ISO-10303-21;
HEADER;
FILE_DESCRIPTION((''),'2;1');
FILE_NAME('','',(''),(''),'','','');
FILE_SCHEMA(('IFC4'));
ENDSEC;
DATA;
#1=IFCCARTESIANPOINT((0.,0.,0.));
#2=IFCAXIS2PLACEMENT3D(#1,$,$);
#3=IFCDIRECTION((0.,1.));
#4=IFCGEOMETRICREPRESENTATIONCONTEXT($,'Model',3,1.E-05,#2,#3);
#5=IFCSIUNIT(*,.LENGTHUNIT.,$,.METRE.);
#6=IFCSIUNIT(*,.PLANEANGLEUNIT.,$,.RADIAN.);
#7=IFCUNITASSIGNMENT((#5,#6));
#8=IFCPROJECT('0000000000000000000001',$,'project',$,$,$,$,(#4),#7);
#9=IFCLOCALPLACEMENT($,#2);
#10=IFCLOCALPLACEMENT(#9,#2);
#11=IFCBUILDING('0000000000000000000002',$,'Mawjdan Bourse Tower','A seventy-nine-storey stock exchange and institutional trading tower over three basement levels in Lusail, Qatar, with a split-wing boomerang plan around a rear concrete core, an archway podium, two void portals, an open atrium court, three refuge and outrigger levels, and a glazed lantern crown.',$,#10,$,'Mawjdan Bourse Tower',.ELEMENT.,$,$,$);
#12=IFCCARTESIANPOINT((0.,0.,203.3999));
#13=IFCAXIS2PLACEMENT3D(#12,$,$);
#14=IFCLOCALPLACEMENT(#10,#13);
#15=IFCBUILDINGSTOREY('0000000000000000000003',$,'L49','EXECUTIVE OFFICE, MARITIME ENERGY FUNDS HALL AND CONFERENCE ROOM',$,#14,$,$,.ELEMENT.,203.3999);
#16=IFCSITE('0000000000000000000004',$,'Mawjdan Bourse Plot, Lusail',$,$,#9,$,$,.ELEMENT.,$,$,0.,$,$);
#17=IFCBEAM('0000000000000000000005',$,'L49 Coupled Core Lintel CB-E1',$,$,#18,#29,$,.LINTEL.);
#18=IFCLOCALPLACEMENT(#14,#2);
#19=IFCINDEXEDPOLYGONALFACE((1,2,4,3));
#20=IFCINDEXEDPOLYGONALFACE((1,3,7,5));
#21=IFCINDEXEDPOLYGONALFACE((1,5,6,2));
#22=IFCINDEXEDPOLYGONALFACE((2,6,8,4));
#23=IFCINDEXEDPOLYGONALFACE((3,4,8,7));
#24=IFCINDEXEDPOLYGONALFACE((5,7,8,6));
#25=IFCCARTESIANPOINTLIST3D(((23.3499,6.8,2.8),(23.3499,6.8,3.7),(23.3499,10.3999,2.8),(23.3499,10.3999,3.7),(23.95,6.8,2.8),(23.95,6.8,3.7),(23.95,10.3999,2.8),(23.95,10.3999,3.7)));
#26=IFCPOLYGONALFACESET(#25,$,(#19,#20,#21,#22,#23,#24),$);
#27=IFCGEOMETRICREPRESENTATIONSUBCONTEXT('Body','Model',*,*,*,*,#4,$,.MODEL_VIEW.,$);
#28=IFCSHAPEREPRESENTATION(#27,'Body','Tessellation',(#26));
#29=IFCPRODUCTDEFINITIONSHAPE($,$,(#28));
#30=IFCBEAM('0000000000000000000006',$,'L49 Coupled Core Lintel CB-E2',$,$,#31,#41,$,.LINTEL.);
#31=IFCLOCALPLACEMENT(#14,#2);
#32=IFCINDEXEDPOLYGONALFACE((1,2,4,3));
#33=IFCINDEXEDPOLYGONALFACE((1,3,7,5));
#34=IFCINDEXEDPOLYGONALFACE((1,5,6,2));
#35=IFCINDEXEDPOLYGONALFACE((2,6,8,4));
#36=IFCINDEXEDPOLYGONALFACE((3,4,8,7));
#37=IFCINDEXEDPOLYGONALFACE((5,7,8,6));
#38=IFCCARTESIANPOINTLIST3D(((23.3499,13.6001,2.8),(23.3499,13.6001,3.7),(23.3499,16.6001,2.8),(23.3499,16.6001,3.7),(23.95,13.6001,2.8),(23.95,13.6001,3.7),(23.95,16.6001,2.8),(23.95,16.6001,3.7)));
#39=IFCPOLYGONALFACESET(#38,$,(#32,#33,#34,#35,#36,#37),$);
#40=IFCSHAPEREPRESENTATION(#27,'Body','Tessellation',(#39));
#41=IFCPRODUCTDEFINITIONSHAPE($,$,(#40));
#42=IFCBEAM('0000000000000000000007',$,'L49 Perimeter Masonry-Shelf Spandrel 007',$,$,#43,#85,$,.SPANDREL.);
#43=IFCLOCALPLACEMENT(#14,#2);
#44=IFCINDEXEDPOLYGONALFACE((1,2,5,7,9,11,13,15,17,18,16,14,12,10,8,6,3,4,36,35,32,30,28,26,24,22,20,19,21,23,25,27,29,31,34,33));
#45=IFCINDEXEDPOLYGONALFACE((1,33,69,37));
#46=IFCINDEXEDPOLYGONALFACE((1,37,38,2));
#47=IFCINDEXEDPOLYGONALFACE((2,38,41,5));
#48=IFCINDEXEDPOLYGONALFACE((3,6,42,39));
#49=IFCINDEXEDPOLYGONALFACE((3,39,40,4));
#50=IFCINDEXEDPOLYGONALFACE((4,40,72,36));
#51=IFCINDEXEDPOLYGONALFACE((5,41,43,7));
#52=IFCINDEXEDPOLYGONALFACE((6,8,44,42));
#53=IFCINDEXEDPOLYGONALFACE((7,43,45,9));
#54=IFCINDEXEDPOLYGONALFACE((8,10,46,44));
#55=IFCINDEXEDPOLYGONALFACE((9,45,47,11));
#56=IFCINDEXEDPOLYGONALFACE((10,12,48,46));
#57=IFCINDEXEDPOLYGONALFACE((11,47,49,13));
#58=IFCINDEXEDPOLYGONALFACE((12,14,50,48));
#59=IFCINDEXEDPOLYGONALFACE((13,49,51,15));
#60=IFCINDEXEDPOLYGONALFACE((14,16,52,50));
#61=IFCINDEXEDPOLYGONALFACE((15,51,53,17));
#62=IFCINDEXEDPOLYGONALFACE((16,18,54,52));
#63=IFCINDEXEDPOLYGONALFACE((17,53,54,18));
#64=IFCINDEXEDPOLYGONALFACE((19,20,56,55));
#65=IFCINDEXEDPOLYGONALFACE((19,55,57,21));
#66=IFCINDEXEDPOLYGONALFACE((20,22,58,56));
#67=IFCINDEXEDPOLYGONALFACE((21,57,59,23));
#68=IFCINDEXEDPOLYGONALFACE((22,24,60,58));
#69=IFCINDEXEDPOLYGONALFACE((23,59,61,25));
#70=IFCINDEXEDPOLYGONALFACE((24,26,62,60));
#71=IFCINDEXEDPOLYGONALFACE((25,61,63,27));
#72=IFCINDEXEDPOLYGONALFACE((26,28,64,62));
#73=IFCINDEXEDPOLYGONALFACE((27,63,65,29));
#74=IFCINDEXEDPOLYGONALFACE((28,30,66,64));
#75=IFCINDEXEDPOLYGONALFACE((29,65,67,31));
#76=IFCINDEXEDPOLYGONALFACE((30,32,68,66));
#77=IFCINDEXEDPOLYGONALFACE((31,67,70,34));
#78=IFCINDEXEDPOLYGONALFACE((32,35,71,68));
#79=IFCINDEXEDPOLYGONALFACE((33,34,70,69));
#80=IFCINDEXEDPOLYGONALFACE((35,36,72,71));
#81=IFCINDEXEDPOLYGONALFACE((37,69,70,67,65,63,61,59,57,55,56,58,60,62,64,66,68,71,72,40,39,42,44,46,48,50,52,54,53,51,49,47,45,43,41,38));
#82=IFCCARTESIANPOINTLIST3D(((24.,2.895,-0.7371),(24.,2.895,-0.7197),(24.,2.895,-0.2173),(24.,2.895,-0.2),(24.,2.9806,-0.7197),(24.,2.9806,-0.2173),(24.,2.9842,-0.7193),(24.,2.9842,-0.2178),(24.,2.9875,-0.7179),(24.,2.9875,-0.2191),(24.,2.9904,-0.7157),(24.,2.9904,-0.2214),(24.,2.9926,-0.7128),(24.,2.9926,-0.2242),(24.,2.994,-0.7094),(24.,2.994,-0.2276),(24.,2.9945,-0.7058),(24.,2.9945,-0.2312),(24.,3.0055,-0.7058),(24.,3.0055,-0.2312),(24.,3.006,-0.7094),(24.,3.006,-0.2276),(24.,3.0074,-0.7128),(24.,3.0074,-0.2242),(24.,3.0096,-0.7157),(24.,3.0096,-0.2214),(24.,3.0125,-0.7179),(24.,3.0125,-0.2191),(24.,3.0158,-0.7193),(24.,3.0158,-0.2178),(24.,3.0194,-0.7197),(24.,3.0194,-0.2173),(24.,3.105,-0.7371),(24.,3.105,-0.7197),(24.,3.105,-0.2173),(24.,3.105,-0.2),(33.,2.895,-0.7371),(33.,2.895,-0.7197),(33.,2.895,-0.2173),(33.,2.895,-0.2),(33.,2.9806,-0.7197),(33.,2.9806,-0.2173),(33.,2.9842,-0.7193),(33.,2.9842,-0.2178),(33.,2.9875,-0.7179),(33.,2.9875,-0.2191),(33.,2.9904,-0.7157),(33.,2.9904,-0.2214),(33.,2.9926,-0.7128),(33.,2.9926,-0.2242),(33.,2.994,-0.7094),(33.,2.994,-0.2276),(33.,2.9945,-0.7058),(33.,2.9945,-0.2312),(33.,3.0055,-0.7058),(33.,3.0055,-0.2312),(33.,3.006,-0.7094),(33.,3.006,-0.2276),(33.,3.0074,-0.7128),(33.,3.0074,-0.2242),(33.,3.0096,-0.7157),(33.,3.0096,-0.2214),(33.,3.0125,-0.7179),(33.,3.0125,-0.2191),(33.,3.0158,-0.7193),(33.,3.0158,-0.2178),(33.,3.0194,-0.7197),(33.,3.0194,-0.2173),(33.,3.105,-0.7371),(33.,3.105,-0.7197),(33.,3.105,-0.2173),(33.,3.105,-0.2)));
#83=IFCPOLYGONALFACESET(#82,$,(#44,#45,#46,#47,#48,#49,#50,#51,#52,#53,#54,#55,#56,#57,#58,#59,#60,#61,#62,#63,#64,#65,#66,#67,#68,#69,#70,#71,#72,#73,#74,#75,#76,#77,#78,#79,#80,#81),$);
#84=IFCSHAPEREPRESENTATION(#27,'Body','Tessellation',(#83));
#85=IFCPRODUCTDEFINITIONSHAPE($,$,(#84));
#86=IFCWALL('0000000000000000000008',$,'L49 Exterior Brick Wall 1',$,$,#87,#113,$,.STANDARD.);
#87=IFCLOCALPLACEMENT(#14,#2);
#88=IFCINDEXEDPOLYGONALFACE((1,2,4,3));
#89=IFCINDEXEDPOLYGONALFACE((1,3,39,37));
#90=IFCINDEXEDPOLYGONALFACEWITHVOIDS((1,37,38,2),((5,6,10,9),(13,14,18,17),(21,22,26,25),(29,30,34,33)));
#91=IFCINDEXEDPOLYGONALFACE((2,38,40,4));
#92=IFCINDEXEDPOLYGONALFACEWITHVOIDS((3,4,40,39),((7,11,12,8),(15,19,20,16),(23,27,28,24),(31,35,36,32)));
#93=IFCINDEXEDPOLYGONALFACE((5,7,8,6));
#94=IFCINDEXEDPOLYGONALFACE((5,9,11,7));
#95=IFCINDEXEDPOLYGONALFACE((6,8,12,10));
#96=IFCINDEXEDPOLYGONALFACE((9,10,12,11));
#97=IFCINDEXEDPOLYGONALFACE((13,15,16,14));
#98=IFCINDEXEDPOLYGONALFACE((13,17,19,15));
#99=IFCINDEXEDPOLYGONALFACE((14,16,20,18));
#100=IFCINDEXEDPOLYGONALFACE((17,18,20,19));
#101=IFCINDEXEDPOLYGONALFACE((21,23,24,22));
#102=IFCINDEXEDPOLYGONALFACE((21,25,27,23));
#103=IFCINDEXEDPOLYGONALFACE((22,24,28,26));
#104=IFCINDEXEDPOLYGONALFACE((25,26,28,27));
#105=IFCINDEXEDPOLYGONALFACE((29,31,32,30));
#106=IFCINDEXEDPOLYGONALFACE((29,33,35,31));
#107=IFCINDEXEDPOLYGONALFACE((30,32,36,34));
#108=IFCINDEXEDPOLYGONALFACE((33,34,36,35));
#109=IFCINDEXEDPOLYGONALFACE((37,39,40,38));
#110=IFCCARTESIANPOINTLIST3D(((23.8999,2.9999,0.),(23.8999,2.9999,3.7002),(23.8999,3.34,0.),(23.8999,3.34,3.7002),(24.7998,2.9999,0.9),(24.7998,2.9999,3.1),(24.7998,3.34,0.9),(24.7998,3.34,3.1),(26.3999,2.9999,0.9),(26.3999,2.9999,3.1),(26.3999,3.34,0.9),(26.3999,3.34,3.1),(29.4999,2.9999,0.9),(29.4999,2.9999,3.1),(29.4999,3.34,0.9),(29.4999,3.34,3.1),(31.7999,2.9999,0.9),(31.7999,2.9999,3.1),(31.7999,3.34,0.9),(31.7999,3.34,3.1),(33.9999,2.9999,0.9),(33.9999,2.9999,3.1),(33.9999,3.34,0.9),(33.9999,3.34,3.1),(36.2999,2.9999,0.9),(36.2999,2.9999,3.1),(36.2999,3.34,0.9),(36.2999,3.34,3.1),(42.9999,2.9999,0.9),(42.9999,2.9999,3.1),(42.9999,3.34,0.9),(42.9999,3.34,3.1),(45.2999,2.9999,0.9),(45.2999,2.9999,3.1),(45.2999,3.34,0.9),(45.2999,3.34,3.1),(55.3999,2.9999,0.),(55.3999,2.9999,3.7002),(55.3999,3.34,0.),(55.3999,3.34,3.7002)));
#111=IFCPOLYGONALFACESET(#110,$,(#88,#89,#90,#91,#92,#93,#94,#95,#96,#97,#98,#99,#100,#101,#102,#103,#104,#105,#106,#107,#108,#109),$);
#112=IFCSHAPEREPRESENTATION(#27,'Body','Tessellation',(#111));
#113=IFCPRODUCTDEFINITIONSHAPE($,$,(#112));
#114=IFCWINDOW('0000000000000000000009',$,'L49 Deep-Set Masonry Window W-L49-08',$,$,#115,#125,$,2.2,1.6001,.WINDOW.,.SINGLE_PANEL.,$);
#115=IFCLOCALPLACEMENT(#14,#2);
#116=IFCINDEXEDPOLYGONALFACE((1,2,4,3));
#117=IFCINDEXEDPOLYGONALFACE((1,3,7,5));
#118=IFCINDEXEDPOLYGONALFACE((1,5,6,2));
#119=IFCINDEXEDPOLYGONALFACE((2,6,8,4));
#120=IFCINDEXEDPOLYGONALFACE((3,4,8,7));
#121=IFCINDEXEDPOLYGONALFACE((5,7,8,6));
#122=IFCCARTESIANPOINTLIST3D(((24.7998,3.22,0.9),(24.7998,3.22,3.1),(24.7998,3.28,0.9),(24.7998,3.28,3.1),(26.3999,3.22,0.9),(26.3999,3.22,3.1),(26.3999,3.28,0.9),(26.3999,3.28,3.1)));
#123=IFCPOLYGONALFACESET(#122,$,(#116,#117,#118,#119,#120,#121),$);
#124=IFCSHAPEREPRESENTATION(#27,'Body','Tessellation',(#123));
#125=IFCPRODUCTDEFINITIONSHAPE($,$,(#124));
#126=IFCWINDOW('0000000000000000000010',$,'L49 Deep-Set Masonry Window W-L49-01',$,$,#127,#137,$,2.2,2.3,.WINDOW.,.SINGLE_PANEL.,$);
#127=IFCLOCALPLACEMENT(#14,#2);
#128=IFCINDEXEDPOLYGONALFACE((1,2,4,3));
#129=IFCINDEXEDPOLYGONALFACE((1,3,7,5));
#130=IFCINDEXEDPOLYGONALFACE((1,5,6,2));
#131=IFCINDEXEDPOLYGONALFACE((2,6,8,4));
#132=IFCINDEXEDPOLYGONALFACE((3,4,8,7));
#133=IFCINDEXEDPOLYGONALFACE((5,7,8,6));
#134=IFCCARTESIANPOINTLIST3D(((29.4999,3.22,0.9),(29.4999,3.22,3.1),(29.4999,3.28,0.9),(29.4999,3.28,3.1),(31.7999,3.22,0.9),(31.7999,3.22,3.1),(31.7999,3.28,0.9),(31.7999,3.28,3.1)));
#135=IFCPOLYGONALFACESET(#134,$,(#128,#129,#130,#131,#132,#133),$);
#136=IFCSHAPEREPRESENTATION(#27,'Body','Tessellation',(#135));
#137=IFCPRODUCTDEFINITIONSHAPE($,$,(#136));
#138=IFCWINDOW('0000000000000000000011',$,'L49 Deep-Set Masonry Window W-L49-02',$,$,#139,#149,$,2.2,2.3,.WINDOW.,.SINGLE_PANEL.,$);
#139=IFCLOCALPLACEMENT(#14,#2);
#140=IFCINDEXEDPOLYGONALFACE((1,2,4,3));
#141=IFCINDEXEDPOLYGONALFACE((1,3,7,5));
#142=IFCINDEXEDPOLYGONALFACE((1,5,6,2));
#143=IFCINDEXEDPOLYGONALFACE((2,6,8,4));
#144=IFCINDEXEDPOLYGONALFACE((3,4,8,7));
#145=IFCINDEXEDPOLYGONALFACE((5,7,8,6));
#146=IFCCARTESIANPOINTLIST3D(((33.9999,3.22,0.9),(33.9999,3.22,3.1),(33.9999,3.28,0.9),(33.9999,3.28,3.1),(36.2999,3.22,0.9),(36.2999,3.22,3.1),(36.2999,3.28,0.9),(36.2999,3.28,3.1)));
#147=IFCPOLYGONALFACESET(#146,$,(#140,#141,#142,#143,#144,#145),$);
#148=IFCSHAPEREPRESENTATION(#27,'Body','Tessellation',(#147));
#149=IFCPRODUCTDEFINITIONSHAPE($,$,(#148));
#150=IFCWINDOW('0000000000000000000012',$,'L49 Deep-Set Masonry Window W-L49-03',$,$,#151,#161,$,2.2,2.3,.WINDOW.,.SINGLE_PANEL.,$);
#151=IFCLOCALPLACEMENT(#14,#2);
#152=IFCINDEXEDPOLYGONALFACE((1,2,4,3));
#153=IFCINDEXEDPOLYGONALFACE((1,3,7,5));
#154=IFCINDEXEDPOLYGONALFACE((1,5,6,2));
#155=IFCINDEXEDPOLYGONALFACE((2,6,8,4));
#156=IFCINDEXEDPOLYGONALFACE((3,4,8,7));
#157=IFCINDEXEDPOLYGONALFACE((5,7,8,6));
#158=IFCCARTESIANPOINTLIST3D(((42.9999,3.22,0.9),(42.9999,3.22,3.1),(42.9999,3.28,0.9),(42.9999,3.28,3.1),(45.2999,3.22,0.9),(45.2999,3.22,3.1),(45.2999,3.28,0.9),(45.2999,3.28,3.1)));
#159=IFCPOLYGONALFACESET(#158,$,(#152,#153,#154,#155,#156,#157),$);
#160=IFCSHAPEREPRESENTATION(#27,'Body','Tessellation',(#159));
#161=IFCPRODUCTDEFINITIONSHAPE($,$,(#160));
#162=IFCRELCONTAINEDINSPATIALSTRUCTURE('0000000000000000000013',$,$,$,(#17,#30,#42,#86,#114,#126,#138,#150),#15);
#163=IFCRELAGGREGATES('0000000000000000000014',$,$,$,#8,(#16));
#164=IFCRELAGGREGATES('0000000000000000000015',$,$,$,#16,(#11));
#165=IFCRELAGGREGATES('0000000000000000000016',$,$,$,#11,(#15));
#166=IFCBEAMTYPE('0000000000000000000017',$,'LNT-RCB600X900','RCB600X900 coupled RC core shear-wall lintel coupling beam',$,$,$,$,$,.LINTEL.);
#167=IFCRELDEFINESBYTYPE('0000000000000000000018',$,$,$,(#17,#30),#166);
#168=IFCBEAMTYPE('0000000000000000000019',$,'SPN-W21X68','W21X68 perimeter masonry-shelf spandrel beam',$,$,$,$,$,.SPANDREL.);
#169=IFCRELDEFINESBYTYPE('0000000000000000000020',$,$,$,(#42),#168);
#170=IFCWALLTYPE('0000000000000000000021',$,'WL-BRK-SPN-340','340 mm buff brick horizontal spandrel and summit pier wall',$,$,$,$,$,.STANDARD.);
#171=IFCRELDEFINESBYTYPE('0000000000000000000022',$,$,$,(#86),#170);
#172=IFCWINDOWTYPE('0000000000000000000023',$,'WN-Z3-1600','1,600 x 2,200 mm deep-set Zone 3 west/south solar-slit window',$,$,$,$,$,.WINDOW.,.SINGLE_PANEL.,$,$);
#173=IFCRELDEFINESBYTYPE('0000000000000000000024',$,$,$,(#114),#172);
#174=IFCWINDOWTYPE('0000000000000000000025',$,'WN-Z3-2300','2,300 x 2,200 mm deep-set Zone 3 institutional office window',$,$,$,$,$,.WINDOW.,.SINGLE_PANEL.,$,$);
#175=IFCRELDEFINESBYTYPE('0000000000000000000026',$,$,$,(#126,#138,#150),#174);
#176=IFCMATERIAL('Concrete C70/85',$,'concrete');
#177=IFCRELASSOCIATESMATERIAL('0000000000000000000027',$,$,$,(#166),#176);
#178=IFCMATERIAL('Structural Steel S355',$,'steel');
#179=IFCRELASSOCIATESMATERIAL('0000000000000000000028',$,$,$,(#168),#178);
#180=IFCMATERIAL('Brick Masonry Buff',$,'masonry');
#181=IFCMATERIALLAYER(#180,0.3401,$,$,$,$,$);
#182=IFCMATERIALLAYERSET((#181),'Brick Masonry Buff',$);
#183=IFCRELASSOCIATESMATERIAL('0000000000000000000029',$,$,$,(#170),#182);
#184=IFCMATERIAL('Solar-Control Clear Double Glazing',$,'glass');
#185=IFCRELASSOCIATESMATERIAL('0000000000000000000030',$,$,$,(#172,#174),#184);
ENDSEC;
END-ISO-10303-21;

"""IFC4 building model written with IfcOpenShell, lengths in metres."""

from ifc_helpers import new_model, si_unit, direction, frame, frame_2d, origin, origin_2d, place, context, subcontext, project, spatial, rectangle, i_section, extrude, material, layer, layer_set, material_profile, profile_set, type_object, element, fill, save


model = new_model("IFC4")

# Units and contexts
model_context = context("Model", 3, precision=1e-05, world=origin(), true_north=direction((0.0, 1.0)))
body_context = subcontext(model_context, "Body", "Model", "MODEL_VIEW")
ifc_project = project(units=[si_unit("LENGTHUNIT", "METRE"), si_unit("PLANEANGLEUNIT", "RADIAN")], contexts=[model_context])

# Site, building, storey
site_placement = place(None, origin())
site = spatial("IfcSite", under=ifc_project, at=site_placement, Name="Mawjdan Bourse Plot, Lusail", CompositionType="ELEMENT", RefElevation=0.0)
building_placement = place(site_placement, origin())
building = spatial("IfcBuilding", under=site, at=building_placement, Name="Mawjdan Bourse Tower", Description="A seventy-nine-storey stock exchange and institutional trading tower over three basement levels in Lusail, Qatar, with a split-wing boomerang plan around a rear concrete core, an archway podium, two void portals, an open atrium court, three refuge and outrigger levels, and a glazed lantern crown.", LongName="Mawjdan Bourse Tower", CompositionType="ELEMENT")
storey_placement = place(building_placement, frame((0.0, 0.0, 203.3999)))
storey = spatial("IfcBuildingStorey", under=building, at=storey_placement, Name="L49", Description="EXECUTIVE OFFICE, MARITIME ENERGY FUNDS HALL AND CONFERENCE ROOM", CompositionType="ELEMENT", Elevation=203.3999)

# Shared definitions
ifc_material_1 = material(Name="Concrete C70/85", Category="concrete")

# Beams
ifc_material_2 = material(Name="Structural Steel S355", Category="steel")
ifc_material_profile_1 = material_profile(ifc_material_1, rectangle(XDim=0.6001, YDim=0.8999, at=origin_2d()), Name="RCB600X900")
ifc_profile_set_1 = profile_set([ifc_material_profile_1], Name="Concrete C70/85")
beam_type_1 = type_object("IfcBeamType", Name="LNT-RCB600X900", Description="RCB600X900 coupled RC core shear-wall lintel coupling beam", PredefinedType="LINTEL", material=ifc_profile_set_1)
beam_1_placement = place(storey_placement, frame((23.6499, 6.8, 3.25), z_axis=(0.0, 1.0, 0.0), x_axis=(-1.0, 0.0, 0.0)))
element("IfcBeam", 1, at=beam_1_placement, inside=storey, type_object=beam_type_1, Name="L49 Coupled Core Lintel CB-E1", PredefinedType="LINTEL", context=body_context, shape_type="SweptSolid", body=[
    extrude(rectangle(XDim=0.6001, YDim=0.8999, at=origin_2d()), origin(), (0.0, 0.0, 1.0), 3.5999),
])
beam_2_placement = place(storey_placement, frame((23.6499, 13.6001, 3.25), z_axis=(0.0, 1.0, 0.0), x_axis=(-1.0, 0.0, 0.0)))
element("IfcBeam", 2, at=beam_2_placement, inside=storey, type_object=beam_type_1, Name="L49 Coupled Core Lintel CB-E2", PredefinedType="LINTEL", context=body_context, shape_type="SweptSolid", body=[
    extrude(rectangle(XDim=0.6001, YDim=0.8999, at=origin_2d()), origin(), (0.0, 0.0, 1.0), 3.0),
])
ifc_material_profile_2 = material_profile(ifc_material_2, i_section(OverallWidth=0.21, OverallDepth=0.5371, WebThickness=0.011, FlangeThickness=0.0173, FilletRadius=0.0139, at=origin_2d()), Name="W21X68")
ifc_profile_set_2 = profile_set([ifc_material_profile_2], Name="Structural Steel S355")
beam_type_2 = type_object("IfcBeamType", Name="SPN-W21X68", Description="W21X68 perimeter masonry-shelf spandrel beam", PredefinedType="SPANDREL", material=ifc_profile_set_2)
beam_3_placement = place(storey_placement, frame((24.0, 3.0, -0.4685), z_axis=(1.0, 0.0, 0.0), x_axis=(0.0, 1.0, 0.0)))
element("IfcBeam", 3, at=beam_3_placement, inside=storey, type_object=beam_type_2, Name="L49 Perimeter Masonry-Shelf Spandrel 007", PredefinedType="SPANDREL", context=body_context, shape_type="SweptSolid", body=[
    extrude(i_section(OverallWidth=0.21, OverallDepth=0.5371, WebThickness=0.011, FlangeThickness=0.0173, FilletRadius=0.0139, at=origin_2d()), origin(), (0.0, 0.0, 1.0), 9.0),
])

# Wall, openings, windows
ifc_material_3 = material(Name="Brick Masonry Buff", Category="masonry")
ifc_layer_1 = layer(ifc_material_3, 0.3401)
ifc_layer_set_1 = layer_set([ifc_layer_1], Name="Brick Masonry Buff")
wall_type_1 = type_object("IfcWallType", Name="WL-BRK-SPN-340", Description="340 mm buff brick horizontal spandrel and summit pier wall", PredefinedType="STANDARD", material=ifc_layer_set_1)
wall_1_placement = place(storey_placement, frame((23.8999, 3.1699, 0.0), z_axis=(0.0, 0.0, 1.0), x_axis=(1.0, 0.0, 0.0)))
wall_1 = element("IfcWall", 4, at=wall_1_placement, inside=storey, type_object=wall_type_1, Name="L49 Exterior Brick Wall 1", PredefinedType="STANDARD", context=body_context, shape_type="SweptSolid", body=[
    extrude(rectangle(XDim=31.5, YDim=0.3401, at=frame_2d((15.75, 0.0))), origin(), (0.0, 0.0, 1.0), 3.7002),
])
opening_1_placement = place(wall_1_placement, frame((5.6001, 0.0, 0.8999)))
opening_1 = element("IfcOpeningElement", 5, at=opening_1_placement, cuts=wall_1, PredefinedType="OPENING", context=body_context, shape_type="SweptSolid", body=[
    extrude(rectangle(XDim=2.3, YDim=2.2, at=frame_2d((1.1499, 1.1001))), frame((0.0, 0.1802, 0.0), z_axis=(0.0, -1.0, 0.0), x_axis=(1.0, 0.0, 0.0)), (0.0, 0.0, 1.0), 0.3601),
])
opening_2_placement = place(wall_1_placement, frame((10.1001, 0.0, 0.8999)))
opening_2 = element("IfcOpeningElement", 6, at=opening_2_placement, cuts=wall_1, PredefinedType="OPENING", context=body_context, shape_type="SweptSolid", body=[
    extrude(rectangle(XDim=2.3, YDim=2.2, at=frame_2d((1.1499, 1.1001))), frame((0.0, 0.1802, 0.0), z_axis=(0.0, -1.0, 0.0), x_axis=(1.0, 0.0, 0.0)), (0.0, 0.0, 1.0), 0.3601),
])
opening_3_placement = place(wall_1_placement, frame((19.1001, 0.0, 0.8999)))
opening_3 = element("IfcOpeningElement", 7, at=opening_3_placement, cuts=wall_1, PredefinedType="OPENING", context=body_context, shape_type="SweptSolid", body=[
    extrude(rectangle(XDim=2.3, YDim=2.2, at=frame_2d((1.1499, 1.1001))), frame((0.0, 0.1802, 0.0), z_axis=(0.0, -1.0, 0.0), x_axis=(1.0, 0.0, 0.0)), (0.0, 0.0, 1.0), 0.3601),
])
opening_4_placement = place(wall_1_placement, frame((0.8999, 0.0, 0.8999)))
opening_4 = element("IfcOpeningElement", 8, at=opening_4_placement, cuts=wall_1, PredefinedType="OPENING", context=body_context, shape_type="SweptSolid", body=[
    extrude(rectangle(XDim=1.6001, YDim=2.2, at=frame_2d((0.8, 1.1001))), frame((0.0, 0.1802, 0.0), z_axis=(0.0, -1.0, 0.0), x_axis=(1.0, 0.0, 0.0)), (0.0, 0.0, 1.0), 0.3601),
])
ifc_material_4 = material(Name="Solar-Control Clear Double Glazing", Category="glass")
window_type_1 = type_object("IfcWindowType", Name="WN-Z3-1600", Description="1,600 x 2,200 mm deep-set Zone 3 west/south solar-slit window", PartitioningType="SINGLE_PANEL", PredefinedType="WINDOW", material=ifc_material_4)
window_1_placement = place(opening_4_placement, origin())
window_1 = element("IfcWindow", 9, at=window_1_placement, inside=storey, type_object=window_type_1, Name="L49 Deep-Set Masonry Window W-L49-08", OverallHeight=2.2, OverallWidth=1.6001, PartitioningType="SINGLE_PANEL", PredefinedType="WINDOW", context=body_context, shape_type="SweptSolid", body=[
    extrude(rectangle(XDim=1.6001, YDim=2.2, at=frame_2d((0.8, 1.1001))), frame((0.0, 0.1101, 0.0), z_axis=(0.0, -1.0, 0.0), x_axis=(1.0, 0.0, 0.0)), (0.0, 0.0, 1.0), 0.0601),
])
fill(opening_4, window_1)
window_type_2 = type_object("IfcWindowType", Name="WN-Z3-2300", Description="2,300 x 2,200 mm deep-set Zone 3 institutional office window", PartitioningType="SINGLE_PANEL", PredefinedType="WINDOW", material=ifc_material_4)
window_2_placement = place(opening_1_placement, origin())
window_2 = element("IfcWindow", 10, at=window_2_placement, inside=storey, type_object=window_type_2, Name="L49 Deep-Set Masonry Window W-L49-01", OverallHeight=2.2, OverallWidth=2.3, PartitioningType="SINGLE_PANEL", PredefinedType="WINDOW", context=body_context, shape_type="SweptSolid", body=[
    extrude(rectangle(XDim=2.3, YDim=2.2, at=frame_2d((1.1499, 1.1001))), frame((0.0, 0.1101, 0.0), z_axis=(0.0, -1.0, 0.0), x_axis=(1.0, 0.0, 0.0)), (0.0, 0.0, 1.0), 0.0601),
])
fill(opening_1, window_2)
window_3_placement = place(opening_2_placement, origin())
window_3 = element("IfcWindow", 11, at=window_3_placement, inside=storey, type_object=window_type_2, Name="L49 Deep-Set Masonry Window W-L49-02", OverallHeight=2.2, OverallWidth=2.3, PartitioningType="SINGLE_PANEL", PredefinedType="WINDOW", context=body_context, shape_type="SweptSolid", body=[
    extrude(rectangle(XDim=2.3, YDim=2.2, at=frame_2d((1.1499, 1.1001))), frame((0.0, 0.1101, 0.0), z_axis=(0.0, -1.0, 0.0), x_axis=(1.0, 0.0, 0.0)), (0.0, 0.0, 1.0), 0.0601),
])
fill(opening_2, window_3)
window_4_placement = place(opening_3_placement, origin())
window_4 = element("IfcWindow", 12, at=window_4_placement, inside=storey, type_object=window_type_2, Name="L49 Deep-Set Masonry Window W-L49-03", OverallHeight=2.2, OverallWidth=2.3, PartitioningType="SINGLE_PANEL", PredefinedType="WINDOW", context=body_context, shape_type="SweptSolid", body=[
    extrude(rectangle(XDim=2.3, YDim=2.2, at=frame_2d((1.1499, 1.1001))), frame((0.0, 0.1101, 0.0), z_axis=(0.0, -1.0, 0.0), x_axis=(1.0, 0.0, 0.0)), (0.0, 0.0, 1.0), 0.0601),
])
fill(opening_3, window_4)

save(model, "model.ifc")
